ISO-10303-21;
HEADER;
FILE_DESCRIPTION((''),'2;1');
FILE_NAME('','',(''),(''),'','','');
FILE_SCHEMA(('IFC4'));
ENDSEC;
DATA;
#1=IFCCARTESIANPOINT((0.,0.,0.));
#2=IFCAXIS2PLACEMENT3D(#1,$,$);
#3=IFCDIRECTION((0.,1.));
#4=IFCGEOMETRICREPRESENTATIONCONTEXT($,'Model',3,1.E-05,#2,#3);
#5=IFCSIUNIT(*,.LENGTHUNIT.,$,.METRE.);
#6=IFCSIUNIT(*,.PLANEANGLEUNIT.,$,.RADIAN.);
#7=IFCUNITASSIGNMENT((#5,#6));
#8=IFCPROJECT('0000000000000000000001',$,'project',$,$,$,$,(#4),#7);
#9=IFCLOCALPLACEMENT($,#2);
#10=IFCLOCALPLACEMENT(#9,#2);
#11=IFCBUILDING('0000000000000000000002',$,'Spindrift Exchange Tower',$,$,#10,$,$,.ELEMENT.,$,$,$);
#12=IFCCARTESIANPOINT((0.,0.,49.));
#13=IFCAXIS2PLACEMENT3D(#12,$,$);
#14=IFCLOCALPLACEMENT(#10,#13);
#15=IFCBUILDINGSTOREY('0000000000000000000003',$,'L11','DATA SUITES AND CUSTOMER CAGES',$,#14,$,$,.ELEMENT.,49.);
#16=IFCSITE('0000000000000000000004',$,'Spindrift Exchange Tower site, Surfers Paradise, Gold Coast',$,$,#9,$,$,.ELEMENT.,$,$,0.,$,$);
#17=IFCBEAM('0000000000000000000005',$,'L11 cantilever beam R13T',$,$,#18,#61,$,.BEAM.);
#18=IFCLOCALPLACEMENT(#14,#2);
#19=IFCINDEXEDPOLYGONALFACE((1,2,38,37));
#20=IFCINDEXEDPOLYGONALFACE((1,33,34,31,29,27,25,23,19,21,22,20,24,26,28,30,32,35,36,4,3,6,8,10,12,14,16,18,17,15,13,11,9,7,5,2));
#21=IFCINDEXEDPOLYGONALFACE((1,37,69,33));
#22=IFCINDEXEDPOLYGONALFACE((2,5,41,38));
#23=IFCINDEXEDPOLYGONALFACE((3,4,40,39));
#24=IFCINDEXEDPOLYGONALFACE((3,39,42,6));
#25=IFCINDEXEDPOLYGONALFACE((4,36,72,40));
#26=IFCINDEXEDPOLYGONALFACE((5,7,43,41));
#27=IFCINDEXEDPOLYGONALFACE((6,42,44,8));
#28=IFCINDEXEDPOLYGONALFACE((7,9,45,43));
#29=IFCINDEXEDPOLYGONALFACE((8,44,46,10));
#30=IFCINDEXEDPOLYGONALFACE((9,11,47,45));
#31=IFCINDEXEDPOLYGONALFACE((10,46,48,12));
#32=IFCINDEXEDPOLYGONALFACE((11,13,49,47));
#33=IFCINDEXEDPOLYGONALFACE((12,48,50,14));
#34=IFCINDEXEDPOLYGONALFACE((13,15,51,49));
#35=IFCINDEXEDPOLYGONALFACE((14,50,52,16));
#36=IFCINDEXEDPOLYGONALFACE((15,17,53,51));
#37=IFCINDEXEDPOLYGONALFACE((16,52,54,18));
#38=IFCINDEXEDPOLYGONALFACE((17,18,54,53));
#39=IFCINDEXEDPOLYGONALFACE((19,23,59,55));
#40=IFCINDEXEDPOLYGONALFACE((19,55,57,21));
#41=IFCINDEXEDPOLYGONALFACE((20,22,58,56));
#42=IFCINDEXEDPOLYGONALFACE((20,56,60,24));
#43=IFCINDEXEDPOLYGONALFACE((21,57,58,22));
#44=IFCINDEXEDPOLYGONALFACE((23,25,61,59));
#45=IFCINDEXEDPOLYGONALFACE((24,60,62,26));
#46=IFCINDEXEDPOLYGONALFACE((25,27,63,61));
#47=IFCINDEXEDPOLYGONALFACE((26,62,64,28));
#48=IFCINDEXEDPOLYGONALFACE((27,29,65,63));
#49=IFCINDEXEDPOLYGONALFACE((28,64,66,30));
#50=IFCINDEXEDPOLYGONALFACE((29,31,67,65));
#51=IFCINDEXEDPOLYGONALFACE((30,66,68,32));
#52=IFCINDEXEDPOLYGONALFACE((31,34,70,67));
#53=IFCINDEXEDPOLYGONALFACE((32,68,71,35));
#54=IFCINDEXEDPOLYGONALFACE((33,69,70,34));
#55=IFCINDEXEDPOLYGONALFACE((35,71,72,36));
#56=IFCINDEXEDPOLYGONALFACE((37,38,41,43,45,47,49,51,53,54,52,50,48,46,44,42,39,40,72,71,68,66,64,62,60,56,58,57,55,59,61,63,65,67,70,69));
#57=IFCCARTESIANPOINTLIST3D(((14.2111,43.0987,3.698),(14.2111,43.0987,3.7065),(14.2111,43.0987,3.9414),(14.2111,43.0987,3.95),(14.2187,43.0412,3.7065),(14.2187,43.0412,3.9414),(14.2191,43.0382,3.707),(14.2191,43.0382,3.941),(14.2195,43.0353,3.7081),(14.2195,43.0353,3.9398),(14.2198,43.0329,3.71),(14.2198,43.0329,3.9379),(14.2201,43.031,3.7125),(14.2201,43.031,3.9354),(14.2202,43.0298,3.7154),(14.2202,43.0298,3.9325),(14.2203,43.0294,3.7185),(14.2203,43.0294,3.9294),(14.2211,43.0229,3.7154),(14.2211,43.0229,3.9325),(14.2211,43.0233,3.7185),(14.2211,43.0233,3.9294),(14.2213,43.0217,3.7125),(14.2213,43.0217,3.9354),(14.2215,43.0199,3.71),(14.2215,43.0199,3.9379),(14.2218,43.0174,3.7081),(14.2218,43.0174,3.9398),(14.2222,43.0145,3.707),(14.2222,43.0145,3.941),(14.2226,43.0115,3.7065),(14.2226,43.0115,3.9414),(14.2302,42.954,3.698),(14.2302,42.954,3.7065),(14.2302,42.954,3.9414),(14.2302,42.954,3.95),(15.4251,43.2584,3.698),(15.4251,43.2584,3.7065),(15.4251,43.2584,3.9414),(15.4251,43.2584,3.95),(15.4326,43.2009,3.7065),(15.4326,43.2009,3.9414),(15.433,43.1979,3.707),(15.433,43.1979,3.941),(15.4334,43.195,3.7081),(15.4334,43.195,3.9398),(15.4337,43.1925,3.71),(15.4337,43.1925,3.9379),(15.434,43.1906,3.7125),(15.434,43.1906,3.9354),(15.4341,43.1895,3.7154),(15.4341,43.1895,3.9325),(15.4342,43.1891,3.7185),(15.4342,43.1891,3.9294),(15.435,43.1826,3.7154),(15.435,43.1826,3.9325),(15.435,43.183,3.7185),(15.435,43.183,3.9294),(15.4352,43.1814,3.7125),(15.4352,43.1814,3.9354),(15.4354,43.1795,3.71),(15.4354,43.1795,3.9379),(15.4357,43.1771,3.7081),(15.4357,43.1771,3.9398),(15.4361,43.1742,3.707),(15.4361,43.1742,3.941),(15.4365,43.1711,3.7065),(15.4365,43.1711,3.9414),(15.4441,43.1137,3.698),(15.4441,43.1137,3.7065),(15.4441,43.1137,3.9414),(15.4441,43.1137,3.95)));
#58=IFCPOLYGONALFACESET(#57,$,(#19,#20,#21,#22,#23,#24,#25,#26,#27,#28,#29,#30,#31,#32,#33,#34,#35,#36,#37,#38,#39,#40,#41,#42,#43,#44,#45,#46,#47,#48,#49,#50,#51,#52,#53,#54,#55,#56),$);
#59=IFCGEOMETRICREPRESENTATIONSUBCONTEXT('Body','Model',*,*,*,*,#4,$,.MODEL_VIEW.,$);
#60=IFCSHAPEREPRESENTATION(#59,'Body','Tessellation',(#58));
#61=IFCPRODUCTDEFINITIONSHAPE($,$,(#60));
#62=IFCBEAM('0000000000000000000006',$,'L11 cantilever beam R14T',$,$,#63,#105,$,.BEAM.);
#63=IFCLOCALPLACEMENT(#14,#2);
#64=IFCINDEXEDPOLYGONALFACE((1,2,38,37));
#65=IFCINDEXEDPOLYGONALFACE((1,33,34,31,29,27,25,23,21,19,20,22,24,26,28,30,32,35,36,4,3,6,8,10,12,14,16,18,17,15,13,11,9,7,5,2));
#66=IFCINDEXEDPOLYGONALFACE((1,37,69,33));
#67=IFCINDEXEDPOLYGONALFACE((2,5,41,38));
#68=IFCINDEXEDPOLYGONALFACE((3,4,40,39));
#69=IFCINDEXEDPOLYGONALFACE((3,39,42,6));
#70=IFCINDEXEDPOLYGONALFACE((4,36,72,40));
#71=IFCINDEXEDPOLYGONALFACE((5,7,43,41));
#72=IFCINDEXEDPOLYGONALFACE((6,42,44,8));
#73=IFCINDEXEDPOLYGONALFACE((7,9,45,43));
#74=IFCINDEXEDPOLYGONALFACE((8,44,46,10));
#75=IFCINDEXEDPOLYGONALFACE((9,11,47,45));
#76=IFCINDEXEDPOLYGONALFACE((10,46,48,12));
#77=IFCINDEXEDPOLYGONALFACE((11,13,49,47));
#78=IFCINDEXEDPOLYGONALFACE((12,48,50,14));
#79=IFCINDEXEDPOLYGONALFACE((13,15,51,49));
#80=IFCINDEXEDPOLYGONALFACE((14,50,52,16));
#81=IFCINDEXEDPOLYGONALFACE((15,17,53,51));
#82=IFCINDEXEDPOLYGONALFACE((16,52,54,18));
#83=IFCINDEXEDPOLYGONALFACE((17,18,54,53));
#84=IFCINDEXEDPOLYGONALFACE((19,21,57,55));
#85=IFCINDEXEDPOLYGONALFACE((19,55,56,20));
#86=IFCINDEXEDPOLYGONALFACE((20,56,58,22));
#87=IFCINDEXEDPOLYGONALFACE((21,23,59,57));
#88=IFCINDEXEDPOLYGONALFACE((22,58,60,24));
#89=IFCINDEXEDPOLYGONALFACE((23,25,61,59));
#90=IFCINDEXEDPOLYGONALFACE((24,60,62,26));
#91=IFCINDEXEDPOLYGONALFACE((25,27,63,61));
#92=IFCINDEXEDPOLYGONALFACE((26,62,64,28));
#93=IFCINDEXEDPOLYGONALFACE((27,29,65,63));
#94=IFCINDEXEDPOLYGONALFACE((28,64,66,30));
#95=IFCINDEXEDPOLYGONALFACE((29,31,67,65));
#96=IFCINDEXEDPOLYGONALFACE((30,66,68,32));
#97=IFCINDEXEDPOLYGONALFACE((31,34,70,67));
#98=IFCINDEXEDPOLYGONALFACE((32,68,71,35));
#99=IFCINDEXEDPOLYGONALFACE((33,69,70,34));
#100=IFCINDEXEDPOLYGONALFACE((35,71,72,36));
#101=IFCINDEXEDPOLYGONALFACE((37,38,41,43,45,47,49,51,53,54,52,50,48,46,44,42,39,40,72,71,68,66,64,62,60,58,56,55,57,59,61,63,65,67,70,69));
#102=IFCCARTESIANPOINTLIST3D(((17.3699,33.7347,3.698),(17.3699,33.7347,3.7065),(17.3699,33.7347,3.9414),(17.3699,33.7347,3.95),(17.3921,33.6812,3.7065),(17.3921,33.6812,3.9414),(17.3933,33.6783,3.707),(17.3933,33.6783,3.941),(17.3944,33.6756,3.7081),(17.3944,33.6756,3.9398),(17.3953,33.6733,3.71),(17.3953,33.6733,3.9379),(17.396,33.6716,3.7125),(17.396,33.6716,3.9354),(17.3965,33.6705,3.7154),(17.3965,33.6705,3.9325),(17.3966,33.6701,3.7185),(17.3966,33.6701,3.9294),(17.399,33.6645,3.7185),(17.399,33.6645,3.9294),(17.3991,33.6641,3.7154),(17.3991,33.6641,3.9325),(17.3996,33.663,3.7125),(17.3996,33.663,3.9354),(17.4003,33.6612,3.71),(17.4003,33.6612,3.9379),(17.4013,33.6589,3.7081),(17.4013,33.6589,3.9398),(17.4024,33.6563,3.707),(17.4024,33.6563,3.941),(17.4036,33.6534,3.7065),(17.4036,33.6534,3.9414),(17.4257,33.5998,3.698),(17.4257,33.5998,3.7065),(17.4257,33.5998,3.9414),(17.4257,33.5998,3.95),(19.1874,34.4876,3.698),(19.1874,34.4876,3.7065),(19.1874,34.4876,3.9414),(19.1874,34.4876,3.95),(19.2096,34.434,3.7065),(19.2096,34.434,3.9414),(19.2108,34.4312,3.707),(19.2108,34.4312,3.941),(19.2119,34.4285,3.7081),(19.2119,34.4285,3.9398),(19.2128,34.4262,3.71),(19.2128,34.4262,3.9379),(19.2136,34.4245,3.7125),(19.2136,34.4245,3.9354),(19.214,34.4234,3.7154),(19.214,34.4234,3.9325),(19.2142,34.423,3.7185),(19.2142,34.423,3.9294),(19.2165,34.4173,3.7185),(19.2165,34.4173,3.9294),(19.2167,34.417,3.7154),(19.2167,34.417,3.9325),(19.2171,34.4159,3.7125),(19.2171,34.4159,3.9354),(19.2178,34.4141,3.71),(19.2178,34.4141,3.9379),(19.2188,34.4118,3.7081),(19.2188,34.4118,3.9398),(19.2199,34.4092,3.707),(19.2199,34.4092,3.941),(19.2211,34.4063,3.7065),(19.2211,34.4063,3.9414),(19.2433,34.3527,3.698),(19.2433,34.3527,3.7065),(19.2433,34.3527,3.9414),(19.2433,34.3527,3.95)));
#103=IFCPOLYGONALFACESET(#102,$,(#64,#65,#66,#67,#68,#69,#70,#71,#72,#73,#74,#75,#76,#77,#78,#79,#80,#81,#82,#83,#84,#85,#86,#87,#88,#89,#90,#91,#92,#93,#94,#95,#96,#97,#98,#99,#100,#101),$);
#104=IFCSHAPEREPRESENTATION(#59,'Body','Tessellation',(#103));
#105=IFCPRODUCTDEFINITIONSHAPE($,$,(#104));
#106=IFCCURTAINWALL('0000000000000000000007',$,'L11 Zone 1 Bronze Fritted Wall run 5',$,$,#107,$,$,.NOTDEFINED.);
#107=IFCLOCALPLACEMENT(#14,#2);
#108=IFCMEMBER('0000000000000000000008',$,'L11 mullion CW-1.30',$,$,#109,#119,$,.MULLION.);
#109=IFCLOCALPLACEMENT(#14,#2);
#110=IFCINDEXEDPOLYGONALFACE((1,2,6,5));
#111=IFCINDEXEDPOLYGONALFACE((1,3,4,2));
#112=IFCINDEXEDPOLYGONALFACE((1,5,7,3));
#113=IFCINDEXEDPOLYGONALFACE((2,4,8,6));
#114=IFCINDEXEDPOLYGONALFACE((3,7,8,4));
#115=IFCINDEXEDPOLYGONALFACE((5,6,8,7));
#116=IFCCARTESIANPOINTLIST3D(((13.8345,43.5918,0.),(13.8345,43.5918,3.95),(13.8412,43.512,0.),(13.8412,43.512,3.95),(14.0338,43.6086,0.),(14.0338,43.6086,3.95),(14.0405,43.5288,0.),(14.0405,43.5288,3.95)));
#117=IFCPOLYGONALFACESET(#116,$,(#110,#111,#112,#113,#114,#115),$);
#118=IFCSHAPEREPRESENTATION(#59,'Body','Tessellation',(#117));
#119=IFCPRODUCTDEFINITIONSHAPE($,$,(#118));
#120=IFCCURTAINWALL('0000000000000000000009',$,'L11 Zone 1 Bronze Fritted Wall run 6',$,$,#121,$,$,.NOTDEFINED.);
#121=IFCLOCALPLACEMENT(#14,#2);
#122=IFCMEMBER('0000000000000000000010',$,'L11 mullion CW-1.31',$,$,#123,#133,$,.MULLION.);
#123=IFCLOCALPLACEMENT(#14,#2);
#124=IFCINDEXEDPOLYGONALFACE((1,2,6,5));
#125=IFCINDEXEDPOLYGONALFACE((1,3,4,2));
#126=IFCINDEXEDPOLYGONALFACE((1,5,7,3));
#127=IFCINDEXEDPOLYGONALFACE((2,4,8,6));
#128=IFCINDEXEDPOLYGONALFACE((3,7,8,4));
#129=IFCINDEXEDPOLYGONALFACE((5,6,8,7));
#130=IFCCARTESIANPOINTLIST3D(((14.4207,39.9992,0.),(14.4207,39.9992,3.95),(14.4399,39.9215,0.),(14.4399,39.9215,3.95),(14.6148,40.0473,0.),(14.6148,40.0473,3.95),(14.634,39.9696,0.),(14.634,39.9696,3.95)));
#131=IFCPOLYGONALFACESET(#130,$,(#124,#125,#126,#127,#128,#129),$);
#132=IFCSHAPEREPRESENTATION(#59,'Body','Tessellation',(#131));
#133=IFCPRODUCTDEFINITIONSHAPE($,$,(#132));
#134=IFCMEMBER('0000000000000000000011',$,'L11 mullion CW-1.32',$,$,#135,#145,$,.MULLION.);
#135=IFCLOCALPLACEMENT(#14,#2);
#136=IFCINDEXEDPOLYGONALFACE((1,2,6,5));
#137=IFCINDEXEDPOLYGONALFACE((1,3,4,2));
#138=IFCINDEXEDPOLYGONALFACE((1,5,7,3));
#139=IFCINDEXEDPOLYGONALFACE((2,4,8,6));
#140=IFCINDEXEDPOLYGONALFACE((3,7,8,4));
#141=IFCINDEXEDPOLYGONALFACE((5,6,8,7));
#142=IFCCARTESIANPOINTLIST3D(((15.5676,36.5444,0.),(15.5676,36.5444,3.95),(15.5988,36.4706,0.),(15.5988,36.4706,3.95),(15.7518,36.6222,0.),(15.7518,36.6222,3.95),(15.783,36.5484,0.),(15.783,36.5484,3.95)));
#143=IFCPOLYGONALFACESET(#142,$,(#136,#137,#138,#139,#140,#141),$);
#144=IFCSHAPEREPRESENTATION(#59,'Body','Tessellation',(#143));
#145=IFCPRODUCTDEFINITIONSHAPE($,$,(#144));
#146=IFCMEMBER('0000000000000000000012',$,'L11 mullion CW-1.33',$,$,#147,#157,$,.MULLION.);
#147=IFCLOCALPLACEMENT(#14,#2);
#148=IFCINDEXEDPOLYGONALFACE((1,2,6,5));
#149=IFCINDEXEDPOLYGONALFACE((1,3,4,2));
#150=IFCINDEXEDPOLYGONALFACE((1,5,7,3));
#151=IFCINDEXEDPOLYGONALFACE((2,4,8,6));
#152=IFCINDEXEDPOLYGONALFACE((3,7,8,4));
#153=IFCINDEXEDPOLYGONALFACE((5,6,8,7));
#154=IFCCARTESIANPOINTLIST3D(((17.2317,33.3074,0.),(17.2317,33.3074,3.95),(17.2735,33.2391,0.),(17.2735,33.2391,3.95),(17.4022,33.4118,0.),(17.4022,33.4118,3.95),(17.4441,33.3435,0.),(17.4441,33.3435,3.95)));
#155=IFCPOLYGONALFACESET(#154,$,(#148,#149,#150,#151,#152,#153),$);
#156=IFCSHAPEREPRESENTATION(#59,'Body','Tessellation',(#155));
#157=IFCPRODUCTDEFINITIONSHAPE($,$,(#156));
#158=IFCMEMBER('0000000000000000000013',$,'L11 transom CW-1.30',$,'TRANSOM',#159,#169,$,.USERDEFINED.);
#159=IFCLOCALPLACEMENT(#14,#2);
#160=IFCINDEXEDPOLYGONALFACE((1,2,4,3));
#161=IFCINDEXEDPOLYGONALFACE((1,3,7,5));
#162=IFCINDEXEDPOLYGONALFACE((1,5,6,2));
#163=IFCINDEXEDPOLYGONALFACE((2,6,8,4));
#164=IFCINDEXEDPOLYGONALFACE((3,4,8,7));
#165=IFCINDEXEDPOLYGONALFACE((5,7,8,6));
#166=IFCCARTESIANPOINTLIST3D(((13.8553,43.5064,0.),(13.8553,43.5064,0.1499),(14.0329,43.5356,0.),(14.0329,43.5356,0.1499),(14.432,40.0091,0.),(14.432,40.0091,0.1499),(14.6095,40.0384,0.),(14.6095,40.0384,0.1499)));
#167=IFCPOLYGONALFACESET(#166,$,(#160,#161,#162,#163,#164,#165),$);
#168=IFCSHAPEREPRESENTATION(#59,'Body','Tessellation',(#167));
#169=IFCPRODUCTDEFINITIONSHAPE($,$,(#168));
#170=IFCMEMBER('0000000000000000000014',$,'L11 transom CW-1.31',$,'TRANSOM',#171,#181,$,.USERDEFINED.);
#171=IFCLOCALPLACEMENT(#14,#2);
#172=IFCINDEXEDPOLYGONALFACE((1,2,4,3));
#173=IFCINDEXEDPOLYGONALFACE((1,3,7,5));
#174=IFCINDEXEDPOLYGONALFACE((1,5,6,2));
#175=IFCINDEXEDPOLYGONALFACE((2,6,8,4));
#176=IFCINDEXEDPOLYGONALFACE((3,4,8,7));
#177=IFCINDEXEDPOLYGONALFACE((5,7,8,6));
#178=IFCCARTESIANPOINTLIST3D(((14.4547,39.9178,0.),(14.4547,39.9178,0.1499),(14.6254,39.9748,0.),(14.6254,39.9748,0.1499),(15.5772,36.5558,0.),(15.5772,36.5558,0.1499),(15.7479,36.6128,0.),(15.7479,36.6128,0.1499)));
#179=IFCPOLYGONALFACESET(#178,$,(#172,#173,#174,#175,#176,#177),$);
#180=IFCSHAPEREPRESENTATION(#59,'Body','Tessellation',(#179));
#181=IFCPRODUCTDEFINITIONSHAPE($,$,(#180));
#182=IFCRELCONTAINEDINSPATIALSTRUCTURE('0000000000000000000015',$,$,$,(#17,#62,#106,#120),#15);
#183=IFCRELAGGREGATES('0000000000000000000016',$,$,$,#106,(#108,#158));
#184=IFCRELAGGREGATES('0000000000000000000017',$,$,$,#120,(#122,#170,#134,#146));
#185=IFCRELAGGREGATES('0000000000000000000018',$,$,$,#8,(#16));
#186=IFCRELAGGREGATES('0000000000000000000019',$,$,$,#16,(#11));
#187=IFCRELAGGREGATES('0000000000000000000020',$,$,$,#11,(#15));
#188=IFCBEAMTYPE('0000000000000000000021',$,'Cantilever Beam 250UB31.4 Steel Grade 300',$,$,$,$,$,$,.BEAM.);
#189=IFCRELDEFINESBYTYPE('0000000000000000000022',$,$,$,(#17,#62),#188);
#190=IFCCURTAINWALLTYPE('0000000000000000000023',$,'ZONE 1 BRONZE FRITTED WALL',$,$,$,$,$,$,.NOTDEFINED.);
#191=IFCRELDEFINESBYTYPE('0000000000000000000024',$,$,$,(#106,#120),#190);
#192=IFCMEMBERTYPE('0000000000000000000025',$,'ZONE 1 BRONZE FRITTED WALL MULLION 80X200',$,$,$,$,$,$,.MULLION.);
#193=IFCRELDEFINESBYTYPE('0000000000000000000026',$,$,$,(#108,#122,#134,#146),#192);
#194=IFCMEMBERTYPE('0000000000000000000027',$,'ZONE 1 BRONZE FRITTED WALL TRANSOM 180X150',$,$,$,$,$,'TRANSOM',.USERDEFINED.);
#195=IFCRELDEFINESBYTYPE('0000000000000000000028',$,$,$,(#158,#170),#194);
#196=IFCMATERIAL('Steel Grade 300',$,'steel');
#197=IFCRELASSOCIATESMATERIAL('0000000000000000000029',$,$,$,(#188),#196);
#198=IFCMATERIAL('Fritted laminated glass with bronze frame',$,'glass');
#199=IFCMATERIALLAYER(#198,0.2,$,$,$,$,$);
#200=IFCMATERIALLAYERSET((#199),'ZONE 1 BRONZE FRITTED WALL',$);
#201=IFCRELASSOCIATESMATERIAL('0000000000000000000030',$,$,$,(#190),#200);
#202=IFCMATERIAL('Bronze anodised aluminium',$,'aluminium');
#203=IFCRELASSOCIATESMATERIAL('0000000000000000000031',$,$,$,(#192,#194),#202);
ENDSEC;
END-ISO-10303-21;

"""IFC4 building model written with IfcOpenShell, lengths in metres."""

from ifc_helpers import new_model, si_unit, direction, frame, origin, origin_2d, place, context, subcontext, project, spatial, rectangle, i_section, extrude, source, transform, mapped, material, layer, layer_set, material_profile, profile_set, type_object, element, aggregate, save


model = new_model("IFC4")

# Units and contexts
model_context = context("Model", 3, precision=1e-05, world=origin(), true_north=direction((0.0, 1.0)))
body_context = subcontext(model_context, "Body", "Model", "MODEL_VIEW")
ifc_project = project(units=[si_unit("LENGTHUNIT", "METRE"), si_unit("PLANEANGLEUNIT", "RADIAN")], contexts=[model_context])

# Site, building, storey
site_placement = place(None, origin())
site = spatial("IfcSite", under=ifc_project, at=site_placement, Name="Spindrift Exchange Tower site, Surfers Paradise, Gold Coast", CompositionType="ELEMENT", RefElevation=0.0)
building_placement = place(site_placement, origin())
building = spatial("IfcBuilding", under=site, at=building_placement, Name="Spindrift Exchange Tower", CompositionType="ELEMENT")
storey_placement = place(building_placement, frame((0.0, 0.0, 49.0)))
storey = spatial("IfcBuildingStorey", under=building, at=storey_placement, Name="L11", Description="DATA SUITES AND CUSTOMER CAGES", CompositionType="ELEMENT", Elevation=49.0)

# Beams
ifc_material_1 = material(Name="Steel Grade 300", Category="steel")
ifc_material_profile_1 = material_profile(ifc_material_1, i_section(OverallWidth=0.146, OverallDepth=0.252, WebThickness=0.0061, FlangeThickness=0.0085, FilletRadius=0.012, at=origin_2d()), Name="250UB31.4")
ifc_profile_set_1 = profile_set([ifc_material_profile_1], Name="Steel Grade 300")
beam_type_1 = type_object("IfcBeamType", Name="Cantilever Beam 250UB31.4 Steel Grade 300", PredefinedType="BEAM", material=ifc_profile_set_1)
shared_shape_1 = source(origin(), body_context, "Body", "SweptSolid", [
    extrude(i_section(OverallWidth=0.146, OverallDepth=0.252, WebThickness=0.0061, FlangeThickness=0.0085, FilletRadius=0.012, at=origin_2d()), origin(), (0.0, 0.0, 1.0), 1.2244),
])
beam_1_placement = place(storey_placement, frame((15.4346, 43.186, 3.824), z_axis=(-0.99146, -0.130413, 0.0), x_axis=(0.130413, -0.99146, 0.0)))
element("IfcBeam", 1, at=beam_1_placement, inside=storey, type_object=beam_type_1, Name="L11 cantilever beam R13T", PredefinedType="BEAM", context=body_context, shape_type="MappedRepresentation", body=[
    mapped(shared_shape_1, transform((0.0, 0.0, 0.0), scale=1.0)),
])
shared_shape_2 = source(origin(), body_context, "Body", "SweptSolid", [
    extrude(i_section(OverallWidth=0.146, OverallDepth=0.252, WebThickness=0.0061, FlangeThickness=0.0085, FilletRadius=0.012, at=origin_2d()), origin(), (0.0, 0.0, 1.0), 1.9673),
])
beam_2_placement = place(storey_placement, frame((19.2153, 34.4202, 3.824), z_axis=(-0.923872, -0.382703, 0.0), x_axis=(0.382703, -0.923872, 0.0)))
element("IfcBeam", 2, at=beam_2_placement, inside=storey, type_object=beam_type_1, Name="L11 cantilever beam R14T", PredefinedType="BEAM", context=body_context, shape_type="MappedRepresentation", body=[
    mapped(shared_shape_2, transform((0.0, 0.0, 0.0), scale=1.0)),
])

# Curtain wall, member
ifc_material_2 = material(Name="Fritted laminated glass with bronze frame", Category="glass")
ifc_layer_1 = layer(ifc_material_2, 0.2)
ifc_layer_set_1 = layer_set([ifc_layer_1], Name="ZONE 1 BRONZE FRITTED WALL")
curtain_wall_type = type_object("IfcCurtainWallType", Name="ZONE 1 BRONZE FRITTED WALL", PredefinedType="NOTDEFINED", material=ifc_layer_set_1)
curtain_wall_1_placement = place(storey_placement, origin())
curtain_wall_1 = element("IfcCurtainWall", 3, at=curtain_wall_1_placement, inside=storey, type_object=curtain_wall_type, Name="L11 Zone 1 Bronze Fritted Wall run 5", PredefinedType="NOTDEFINED")
ifc_material_3 = material(Name="Bronze anodised aluminium", Category="aluminium")
ifc_material_profile_2 = material_profile(ifc_material_3, rectangle(XDim=0.0801, YDim=0.2, at=origin_2d()), Name="ZONE 1 BRONZE FRITTED WALL MULLION 80X200")
ifc_profile_set_2 = profile_set([ifc_material_profile_2], Name="Bronze anodised aluminium")
member_type_1 = type_object("IfcMemberType", Name="ZONE 1 BRONZE FRITTED WALL MULLION 80X200", PredefinedType="MULLION", material=ifc_profile_set_2)
shared_shape_3 = source(origin(), body_context, "Body", "SweptSolid", [
    extrude(rectangle(XDim=0.0801, YDim=0.2, at=origin_2d()), origin(), (0.0, 0.0, 1.0), 3.95),
])
member_1_placement = place(storey_placement, frame((13.9375, 43.5603, 0.0), z_axis=(0.0, 0.0, 1.0), x_axis=(0.083892, -0.996475, 0.0)))
member_1 = element("IfcMember", 4, at=member_1_placement, type_object=member_type_1, Name="L11 mullion CW-1.30", PredefinedType="MULLION", context=body_context, shape_type="MappedRepresentation", body=[
    mapped(shared_shape_3, transform((0.0, 0.0, 0.0), scale=1.0)),
])

# Curtain wall, members
curtain_wall_2_placement = place(storey_placement, origin())
curtain_wall_2 = element("IfcCurtainWall", 5, at=curtain_wall_2_placement, inside=storey, type_object=curtain_wall_type, Name="L11 Zone 1 Bronze Fritted Wall run 6", PredefinedType="NOTDEFINED")
member_2_placement = place(storey_placement, frame((14.5273, 39.9844, 0.0), z_axis=(0.0, 0.0, 1.0), x_axis=(0.240476, -0.970655, 0.0)))
member_2 = element("IfcMember", 6, at=member_2_placement, type_object=member_type_1, Name="L11 mullion CW-1.31", PredefinedType="MULLION", context=body_context, shape_type="MappedRepresentation", body=[
    mapped(shared_shape_3, transform((0.0, 0.0, 0.0), scale=1.0)),
])
member_3_placement = place(storey_placement, frame((15.6753, 36.5464, 0.0), z_axis=(0.0, 0.0, 1.0), x_axis=(0.388859, -0.921297, 0.0)))
member_3 = element("IfcMember", 7, at=member_3_placement, type_object=member_type_1, Name="L11 mullion CW-1.32", PredefinedType="MULLION", context=body_context, shape_type="MappedRepresentation", body=[
    mapped(shared_shape_3, transform((0.0, 0.0, 0.0), scale=1.0)),
])
member_4_placement = place(storey_placement, frame((17.3379, 33.3254, 0.0), z_axis=(0.0, 0.0, 1.0), x_axis=(0.522233, -0.852803, 0.0)))
member_4 = element("IfcMember", 8, at=member_4_placement, type_object=member_type_1, Name="L11 mullion CW-1.33", PredefinedType="MULLION", context=body_context, shape_type="MappedRepresentation", body=[
    mapped(shared_shape_3, transform((0.0, 0.0, 0.0), scale=1.0)),
])

# Members
ifc_material_profile_3 = material_profile(ifc_material_3, rectangle(XDim=0.1799, YDim=0.1499, at=origin_2d()), Name="ZONE 1 BRONZE FRITTED WALL TRANSOM 180X150")
ifc_profile_set_3 = profile_set([ifc_material_profile_3], Name="Bronze anodised aluminium")
member_type_2 = type_object("IfcMemberType", Name="ZONE 1 BRONZE FRITTED WALL TRANSOM 180X150", ElementType="TRANSOM", PredefinedType="USERDEFINED", material=ifc_profile_set_3)
shared_shape_4 = source(origin(), body_context, "Body", "SweptSolid", [
    extrude(rectangle(XDim=0.1799, YDim=0.1499, at=origin_2d()), origin(), (0.0, 0.0, 1.0), 3.5444),
])
member_5_placement = place(storey_placement, frame((13.9441, 43.521, 0.075), z_axis=(0.16269, -0.986677, 0.0), x_axis=(0.986677, 0.16269, 0.0)))
member_5 = element("IfcMember", 9, at=member_5_placement, type_object=member_type_2, Name="L11 transom CW-1.30", ObjectType="TRANSOM", PredefinedType="USERDEFINED", context=body_context, shape_type="MappedRepresentation", body=[
    mapped(shared_shape_4, transform((0.0, 0.0, 0.0), scale=1.0)),
])
member_6_placement = place(storey_placement, frame((14.54, 39.9463, 0.075), z_axis=(0.316703, -0.948525, 0.0), x_axis=(0.948525, 0.316703, 0.0)))
member_6 = element("IfcMember", 10, at=member_6_placement, type_object=member_type_2, Name="L11 transom CW-1.31", ObjectType="TRANSOM", PredefinedType="USERDEFINED", context=body_context, shape_type="MappedRepresentation", body=[
    mapped(shared_shape_4, transform((0.0, 0.0, 0.0), scale=1.0)),
])

aggregate(curtain_wall_1, [member_1, member_5])
aggregate(curtain_wall_2, [member_2, member_6, member_3, member_4])

save(model, "model.ifc")
